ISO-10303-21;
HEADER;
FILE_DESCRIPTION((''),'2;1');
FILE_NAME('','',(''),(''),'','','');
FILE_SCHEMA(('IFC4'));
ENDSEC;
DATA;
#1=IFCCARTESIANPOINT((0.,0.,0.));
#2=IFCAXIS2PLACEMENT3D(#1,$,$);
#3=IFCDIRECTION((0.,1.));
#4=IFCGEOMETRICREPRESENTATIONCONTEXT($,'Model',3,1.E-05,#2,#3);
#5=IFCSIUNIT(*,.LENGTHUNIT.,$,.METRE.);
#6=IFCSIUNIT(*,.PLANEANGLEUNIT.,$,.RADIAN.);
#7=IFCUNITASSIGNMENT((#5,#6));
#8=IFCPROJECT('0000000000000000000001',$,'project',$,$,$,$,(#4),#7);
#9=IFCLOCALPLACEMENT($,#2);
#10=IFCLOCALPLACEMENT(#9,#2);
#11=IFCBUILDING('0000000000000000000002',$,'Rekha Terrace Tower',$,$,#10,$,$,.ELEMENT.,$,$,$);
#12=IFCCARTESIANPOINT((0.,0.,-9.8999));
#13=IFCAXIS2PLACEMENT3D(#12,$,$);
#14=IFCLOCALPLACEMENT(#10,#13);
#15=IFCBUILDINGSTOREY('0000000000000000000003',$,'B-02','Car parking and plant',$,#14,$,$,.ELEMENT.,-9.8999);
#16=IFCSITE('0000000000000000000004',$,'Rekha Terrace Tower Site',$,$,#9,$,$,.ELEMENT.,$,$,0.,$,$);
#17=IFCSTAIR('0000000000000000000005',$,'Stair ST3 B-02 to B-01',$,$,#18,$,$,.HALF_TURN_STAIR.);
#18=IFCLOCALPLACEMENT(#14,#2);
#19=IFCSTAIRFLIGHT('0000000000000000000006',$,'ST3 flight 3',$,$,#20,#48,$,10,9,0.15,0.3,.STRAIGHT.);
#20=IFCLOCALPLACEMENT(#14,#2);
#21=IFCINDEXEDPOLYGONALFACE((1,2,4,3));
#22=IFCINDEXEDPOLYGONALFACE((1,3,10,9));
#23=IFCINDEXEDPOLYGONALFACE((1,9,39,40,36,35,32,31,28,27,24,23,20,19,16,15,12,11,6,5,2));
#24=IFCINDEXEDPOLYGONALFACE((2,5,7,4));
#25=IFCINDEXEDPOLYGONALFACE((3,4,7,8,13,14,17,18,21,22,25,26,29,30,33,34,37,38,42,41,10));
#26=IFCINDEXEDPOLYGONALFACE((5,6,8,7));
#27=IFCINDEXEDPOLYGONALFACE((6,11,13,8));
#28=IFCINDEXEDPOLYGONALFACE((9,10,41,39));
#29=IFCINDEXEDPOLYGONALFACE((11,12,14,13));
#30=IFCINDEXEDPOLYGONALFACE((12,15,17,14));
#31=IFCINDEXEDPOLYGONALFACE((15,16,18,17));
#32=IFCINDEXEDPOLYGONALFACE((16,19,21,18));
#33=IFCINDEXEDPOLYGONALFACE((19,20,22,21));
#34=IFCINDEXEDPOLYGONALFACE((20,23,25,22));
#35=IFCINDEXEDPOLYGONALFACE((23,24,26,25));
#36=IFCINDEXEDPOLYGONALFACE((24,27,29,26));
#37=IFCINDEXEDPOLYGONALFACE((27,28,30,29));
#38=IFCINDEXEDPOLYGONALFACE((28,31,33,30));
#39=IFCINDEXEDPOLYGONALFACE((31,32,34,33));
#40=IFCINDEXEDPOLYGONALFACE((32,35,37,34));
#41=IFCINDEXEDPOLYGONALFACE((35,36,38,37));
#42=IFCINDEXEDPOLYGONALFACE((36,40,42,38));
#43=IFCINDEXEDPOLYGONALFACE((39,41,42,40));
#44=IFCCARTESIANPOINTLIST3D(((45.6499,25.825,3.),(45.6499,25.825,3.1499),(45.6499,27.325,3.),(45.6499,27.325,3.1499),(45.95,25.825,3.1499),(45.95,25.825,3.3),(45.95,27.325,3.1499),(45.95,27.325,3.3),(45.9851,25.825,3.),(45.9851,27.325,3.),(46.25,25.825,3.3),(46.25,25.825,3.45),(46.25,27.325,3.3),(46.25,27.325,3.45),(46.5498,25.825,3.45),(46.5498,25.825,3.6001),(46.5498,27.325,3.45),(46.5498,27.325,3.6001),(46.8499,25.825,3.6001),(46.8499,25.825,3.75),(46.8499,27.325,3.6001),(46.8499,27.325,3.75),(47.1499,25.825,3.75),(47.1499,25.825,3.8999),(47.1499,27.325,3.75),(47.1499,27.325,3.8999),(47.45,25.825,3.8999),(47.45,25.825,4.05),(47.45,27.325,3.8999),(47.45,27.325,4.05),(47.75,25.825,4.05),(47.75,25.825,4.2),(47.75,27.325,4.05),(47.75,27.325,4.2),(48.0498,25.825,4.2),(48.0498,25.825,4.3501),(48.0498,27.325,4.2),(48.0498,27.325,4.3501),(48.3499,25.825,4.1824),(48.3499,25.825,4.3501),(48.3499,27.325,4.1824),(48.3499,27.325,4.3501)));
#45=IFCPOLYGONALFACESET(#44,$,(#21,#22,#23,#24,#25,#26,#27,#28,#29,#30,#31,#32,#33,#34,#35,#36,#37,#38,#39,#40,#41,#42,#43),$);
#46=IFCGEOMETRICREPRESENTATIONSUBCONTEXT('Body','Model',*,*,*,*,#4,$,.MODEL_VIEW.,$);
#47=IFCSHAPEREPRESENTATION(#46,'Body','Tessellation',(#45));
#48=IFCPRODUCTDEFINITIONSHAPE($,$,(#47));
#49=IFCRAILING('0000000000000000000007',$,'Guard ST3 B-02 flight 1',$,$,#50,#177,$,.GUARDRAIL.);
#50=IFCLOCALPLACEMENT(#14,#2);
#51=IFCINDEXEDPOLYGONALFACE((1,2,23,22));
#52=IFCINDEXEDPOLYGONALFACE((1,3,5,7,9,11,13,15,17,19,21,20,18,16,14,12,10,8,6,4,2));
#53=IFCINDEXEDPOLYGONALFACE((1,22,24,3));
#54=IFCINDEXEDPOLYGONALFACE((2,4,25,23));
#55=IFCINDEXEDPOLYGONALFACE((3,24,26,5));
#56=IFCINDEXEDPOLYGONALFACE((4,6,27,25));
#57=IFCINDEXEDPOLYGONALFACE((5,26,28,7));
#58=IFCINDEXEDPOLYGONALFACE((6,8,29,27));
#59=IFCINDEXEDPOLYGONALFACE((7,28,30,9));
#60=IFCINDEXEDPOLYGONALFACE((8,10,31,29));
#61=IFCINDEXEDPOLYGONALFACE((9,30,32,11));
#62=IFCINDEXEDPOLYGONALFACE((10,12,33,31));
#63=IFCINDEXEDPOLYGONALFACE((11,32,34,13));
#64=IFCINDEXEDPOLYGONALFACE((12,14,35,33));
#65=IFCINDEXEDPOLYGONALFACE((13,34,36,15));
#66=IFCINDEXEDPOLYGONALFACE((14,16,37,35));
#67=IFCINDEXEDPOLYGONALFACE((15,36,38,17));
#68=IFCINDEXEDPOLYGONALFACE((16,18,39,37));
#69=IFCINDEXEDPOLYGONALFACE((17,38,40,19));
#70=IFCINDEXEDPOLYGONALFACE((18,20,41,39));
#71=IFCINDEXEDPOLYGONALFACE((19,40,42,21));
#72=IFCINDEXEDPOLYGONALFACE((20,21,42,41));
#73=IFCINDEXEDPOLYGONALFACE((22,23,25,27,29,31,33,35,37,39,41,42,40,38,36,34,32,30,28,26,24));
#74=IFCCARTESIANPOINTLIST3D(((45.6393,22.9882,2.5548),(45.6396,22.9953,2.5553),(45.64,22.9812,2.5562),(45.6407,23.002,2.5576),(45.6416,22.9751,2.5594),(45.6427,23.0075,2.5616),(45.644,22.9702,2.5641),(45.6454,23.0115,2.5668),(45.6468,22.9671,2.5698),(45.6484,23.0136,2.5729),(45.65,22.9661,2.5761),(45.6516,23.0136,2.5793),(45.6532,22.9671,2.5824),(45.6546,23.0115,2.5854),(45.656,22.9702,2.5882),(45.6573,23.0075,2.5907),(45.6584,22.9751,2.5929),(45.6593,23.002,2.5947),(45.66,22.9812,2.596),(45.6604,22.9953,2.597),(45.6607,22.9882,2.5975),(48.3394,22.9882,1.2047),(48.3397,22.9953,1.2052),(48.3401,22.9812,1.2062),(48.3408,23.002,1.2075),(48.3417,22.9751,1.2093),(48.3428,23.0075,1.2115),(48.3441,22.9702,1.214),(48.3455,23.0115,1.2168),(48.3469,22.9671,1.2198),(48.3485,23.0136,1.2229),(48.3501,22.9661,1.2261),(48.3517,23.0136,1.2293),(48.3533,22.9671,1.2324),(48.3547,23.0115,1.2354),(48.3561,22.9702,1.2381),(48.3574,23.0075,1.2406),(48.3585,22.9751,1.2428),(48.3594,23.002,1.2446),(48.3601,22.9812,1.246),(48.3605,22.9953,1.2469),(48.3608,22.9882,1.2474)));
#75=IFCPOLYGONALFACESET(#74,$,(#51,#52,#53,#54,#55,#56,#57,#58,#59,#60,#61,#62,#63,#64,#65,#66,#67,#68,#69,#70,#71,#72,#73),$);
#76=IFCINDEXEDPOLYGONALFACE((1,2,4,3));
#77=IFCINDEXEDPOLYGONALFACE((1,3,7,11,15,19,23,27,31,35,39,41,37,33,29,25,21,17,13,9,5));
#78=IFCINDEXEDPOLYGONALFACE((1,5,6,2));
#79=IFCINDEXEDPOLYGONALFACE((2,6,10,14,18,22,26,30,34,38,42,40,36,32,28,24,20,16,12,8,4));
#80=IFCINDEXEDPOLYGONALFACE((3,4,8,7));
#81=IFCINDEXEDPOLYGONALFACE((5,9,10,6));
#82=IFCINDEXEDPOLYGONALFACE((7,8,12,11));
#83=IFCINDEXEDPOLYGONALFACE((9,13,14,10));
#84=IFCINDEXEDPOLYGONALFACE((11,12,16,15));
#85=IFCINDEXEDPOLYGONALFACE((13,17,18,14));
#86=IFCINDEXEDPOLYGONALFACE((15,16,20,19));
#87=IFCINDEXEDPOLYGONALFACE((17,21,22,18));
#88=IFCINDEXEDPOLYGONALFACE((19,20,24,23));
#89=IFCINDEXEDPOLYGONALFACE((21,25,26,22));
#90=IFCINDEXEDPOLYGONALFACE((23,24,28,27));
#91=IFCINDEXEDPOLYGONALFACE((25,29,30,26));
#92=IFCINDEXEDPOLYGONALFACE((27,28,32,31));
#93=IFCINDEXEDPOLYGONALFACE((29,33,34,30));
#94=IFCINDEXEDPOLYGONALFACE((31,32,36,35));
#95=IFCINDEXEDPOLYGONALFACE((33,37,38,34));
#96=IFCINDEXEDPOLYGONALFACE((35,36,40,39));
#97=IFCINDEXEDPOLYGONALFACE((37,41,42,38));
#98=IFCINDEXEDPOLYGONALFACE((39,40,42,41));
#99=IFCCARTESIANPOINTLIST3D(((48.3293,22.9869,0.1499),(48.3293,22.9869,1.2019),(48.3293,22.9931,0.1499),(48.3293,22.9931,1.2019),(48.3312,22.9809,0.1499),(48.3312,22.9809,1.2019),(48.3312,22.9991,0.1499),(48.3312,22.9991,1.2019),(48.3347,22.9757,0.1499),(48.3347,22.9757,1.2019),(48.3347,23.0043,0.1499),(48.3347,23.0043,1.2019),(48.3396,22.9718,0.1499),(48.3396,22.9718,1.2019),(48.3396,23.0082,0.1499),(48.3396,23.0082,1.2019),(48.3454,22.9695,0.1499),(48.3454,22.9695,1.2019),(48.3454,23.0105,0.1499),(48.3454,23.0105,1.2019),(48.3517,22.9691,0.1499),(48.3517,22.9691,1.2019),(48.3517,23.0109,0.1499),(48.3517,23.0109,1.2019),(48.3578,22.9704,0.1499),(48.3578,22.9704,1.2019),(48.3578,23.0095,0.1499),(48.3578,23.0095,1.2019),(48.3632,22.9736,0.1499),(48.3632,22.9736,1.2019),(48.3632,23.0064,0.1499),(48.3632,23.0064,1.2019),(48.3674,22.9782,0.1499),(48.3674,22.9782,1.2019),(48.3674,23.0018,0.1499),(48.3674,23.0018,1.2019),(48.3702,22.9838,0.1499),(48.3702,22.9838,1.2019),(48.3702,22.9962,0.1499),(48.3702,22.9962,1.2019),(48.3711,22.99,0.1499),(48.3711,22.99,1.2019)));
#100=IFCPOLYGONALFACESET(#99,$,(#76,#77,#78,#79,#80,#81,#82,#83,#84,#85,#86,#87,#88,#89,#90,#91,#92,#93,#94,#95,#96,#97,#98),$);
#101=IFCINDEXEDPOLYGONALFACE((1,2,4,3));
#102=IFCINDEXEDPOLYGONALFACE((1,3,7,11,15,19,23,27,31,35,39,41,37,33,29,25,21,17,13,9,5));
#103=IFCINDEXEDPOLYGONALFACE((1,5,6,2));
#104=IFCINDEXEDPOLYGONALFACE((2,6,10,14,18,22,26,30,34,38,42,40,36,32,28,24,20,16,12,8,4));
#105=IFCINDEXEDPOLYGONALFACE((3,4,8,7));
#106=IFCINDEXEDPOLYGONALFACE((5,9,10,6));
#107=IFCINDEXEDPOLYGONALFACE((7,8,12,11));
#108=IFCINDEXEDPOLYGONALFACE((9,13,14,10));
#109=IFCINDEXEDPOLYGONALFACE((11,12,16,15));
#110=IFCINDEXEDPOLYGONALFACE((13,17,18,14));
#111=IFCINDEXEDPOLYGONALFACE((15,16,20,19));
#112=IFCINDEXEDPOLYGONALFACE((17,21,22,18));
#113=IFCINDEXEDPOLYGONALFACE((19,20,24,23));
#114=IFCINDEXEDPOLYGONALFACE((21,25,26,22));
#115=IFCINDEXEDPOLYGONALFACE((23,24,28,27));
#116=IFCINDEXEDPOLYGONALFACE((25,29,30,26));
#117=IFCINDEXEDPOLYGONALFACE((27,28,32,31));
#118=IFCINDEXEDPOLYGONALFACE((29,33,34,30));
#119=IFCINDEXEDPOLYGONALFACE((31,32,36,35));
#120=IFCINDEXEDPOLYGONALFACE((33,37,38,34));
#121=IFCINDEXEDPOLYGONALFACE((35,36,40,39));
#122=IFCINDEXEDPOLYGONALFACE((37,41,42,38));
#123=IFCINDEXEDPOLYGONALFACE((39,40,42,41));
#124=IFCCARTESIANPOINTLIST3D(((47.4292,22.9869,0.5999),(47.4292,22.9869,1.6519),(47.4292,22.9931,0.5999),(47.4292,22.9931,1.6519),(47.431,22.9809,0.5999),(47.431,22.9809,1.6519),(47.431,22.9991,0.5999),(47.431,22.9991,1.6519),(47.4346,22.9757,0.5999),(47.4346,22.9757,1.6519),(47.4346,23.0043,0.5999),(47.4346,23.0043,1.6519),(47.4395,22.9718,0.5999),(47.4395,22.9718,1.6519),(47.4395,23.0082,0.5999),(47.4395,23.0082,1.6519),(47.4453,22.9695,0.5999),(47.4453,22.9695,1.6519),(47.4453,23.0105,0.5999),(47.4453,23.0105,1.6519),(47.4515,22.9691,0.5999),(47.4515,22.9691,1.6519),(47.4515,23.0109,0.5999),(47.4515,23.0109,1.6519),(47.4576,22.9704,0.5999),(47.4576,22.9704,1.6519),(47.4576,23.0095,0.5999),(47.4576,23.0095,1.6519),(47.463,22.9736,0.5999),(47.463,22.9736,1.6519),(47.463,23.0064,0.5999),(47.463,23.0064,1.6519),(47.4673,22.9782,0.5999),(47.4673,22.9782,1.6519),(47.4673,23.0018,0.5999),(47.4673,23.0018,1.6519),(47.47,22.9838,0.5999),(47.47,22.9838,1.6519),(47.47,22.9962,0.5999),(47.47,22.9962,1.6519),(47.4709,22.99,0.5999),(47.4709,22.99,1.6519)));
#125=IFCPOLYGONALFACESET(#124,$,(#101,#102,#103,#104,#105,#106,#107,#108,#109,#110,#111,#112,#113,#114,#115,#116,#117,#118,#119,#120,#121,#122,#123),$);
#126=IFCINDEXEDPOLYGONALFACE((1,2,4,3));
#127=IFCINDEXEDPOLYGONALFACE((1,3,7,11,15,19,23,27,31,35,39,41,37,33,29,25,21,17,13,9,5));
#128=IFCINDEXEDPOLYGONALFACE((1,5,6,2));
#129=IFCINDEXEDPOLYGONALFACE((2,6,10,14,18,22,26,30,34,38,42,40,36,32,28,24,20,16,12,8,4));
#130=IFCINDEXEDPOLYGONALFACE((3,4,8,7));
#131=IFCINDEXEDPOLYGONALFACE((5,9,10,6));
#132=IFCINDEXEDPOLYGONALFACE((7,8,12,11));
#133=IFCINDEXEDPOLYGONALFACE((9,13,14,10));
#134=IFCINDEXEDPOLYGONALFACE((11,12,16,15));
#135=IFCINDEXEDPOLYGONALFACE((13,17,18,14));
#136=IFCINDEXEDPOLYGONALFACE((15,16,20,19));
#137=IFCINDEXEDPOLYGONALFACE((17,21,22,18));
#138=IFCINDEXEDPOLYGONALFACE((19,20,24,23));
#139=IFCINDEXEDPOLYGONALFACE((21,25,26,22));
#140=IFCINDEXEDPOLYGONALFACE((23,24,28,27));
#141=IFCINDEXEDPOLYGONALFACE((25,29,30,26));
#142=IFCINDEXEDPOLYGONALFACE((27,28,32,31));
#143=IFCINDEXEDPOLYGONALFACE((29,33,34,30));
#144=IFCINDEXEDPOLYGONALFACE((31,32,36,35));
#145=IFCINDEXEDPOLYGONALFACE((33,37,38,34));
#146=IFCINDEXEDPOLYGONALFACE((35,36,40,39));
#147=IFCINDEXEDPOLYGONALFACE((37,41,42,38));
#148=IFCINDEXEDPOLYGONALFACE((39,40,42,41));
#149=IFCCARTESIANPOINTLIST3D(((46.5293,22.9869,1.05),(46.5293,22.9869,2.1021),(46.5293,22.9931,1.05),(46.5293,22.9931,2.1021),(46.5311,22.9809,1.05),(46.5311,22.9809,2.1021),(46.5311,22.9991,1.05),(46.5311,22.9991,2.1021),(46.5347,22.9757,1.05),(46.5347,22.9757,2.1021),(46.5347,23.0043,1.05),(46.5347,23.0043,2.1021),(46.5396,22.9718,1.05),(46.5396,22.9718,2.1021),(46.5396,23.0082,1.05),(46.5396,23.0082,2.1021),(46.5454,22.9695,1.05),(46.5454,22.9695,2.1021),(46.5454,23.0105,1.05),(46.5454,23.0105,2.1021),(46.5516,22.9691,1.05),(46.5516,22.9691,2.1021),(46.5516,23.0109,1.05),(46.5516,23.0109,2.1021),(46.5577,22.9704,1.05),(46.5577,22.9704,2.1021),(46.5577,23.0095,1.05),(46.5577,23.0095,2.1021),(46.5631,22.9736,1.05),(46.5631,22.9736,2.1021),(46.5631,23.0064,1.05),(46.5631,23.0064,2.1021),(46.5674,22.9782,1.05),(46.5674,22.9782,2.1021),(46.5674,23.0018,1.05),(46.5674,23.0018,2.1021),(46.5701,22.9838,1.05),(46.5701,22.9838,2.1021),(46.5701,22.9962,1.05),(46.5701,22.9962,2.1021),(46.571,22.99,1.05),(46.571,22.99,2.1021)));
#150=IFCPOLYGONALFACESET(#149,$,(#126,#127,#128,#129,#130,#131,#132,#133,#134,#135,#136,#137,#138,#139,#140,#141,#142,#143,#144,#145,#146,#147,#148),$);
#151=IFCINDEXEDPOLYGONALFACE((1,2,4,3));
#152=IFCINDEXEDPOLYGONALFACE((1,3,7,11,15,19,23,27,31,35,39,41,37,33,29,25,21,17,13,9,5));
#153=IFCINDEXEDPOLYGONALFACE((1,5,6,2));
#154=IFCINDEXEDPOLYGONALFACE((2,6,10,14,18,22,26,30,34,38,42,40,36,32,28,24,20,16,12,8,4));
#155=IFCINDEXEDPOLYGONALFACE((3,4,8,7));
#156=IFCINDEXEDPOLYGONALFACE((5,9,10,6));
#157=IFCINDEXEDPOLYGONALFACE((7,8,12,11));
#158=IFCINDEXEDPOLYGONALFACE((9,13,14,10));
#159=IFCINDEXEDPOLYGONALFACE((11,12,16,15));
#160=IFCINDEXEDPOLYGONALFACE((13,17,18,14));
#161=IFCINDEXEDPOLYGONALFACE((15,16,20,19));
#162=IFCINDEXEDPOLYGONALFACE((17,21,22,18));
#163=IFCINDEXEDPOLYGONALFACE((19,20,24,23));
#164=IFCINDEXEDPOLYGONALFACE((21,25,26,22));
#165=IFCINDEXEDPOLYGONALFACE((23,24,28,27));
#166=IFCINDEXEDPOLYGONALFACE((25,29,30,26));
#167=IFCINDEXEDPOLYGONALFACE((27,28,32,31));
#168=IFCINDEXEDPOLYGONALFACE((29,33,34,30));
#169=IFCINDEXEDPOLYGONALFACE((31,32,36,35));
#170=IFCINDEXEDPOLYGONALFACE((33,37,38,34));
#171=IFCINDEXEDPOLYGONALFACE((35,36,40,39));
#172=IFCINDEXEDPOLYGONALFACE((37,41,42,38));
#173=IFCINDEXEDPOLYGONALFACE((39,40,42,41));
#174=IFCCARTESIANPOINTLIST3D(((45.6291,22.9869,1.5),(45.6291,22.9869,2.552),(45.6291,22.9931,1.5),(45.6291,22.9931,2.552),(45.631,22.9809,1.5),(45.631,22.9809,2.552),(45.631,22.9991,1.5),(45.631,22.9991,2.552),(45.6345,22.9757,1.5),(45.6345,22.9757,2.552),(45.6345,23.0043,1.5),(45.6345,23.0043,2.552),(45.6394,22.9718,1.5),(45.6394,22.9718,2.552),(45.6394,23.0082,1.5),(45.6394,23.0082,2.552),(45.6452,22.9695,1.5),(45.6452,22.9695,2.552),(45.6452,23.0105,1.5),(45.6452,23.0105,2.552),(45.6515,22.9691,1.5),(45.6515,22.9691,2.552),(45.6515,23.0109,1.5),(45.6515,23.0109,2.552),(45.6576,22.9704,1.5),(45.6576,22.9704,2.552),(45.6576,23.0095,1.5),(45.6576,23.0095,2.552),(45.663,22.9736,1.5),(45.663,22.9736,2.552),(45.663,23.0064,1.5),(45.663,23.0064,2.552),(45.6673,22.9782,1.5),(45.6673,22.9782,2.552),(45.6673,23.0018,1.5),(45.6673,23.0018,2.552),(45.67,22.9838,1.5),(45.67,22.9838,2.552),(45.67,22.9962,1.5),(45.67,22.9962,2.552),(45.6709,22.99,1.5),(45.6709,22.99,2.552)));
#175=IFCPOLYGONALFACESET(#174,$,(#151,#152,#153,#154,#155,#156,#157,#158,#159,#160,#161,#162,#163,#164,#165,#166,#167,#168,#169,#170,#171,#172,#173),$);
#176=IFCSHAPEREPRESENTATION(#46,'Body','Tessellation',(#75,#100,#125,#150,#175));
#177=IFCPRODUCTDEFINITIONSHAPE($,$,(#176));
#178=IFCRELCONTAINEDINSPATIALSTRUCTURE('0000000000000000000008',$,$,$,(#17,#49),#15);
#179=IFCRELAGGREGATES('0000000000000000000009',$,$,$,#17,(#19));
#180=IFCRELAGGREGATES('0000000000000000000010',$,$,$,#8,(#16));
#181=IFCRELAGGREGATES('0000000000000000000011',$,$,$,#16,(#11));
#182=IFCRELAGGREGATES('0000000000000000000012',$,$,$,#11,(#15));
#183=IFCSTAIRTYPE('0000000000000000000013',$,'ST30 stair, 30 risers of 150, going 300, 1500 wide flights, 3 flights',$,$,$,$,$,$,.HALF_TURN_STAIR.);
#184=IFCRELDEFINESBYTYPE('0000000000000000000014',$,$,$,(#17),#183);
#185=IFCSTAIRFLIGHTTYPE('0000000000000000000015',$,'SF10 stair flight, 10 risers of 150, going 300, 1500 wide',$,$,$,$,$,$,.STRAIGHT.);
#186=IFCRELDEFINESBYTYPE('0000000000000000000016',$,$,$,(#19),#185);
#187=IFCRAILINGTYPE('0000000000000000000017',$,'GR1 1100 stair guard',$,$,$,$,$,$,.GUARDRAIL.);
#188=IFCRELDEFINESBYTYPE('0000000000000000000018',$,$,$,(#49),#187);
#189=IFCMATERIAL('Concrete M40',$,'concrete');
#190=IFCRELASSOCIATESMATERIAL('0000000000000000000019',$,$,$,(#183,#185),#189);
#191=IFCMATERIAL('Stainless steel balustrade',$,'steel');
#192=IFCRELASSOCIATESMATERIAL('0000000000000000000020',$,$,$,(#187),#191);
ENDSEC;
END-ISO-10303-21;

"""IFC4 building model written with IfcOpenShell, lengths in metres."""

from ifc_helpers import new_model, si_unit, direction, frame, origin, origin_2d, place, context, subcontext, project, spatial, polyline, circle, outline, extrude, material, type_object, element, aggregate, save


model = new_model("IFC4")

# Units and contexts
model_context = context("Model", 3, precision=1e-05, world=origin(), true_north=direction((0.0, 1.0)))
body_context = subcontext(model_context, "Body", "Model", "MODEL_VIEW")
ifc_project = project(units=[si_unit("LENGTHUNIT", "METRE"), si_unit("PLANEANGLEUNIT", "RADIAN")], contexts=[model_context])

# Site, building, storey
site_placement = place(None, origin())
site = spatial("IfcSite", under=ifc_project, at=site_placement, Name="Rekha Terrace Tower Site", CompositionType="ELEMENT", RefElevation=0.0)
building_placement = place(site_placement, origin())
building = spatial("IfcBuilding", under=site, at=building_placement, Name="Rekha Terrace Tower", CompositionType="ELEMENT")
storey_placement = place(building_placement, frame((0.0, 0.0, -9.8999)))
storey = spatial("IfcBuildingStorey", under=building, at=storey_placement, Name="B-02", Description="Car parking and plant", CompositionType="ELEMENT", Elevation=-9.8999)

# Stair, stair flight
ifc_material_1 = material(Name="Concrete M40", Category="concrete")
stair_type = type_object("IfcStairType", Name="ST30 stair, 30 risers of 150, going 300, 1500 wide flights, 3 flights", PredefinedType="HALF_TURN_STAIR", material=ifc_material_1)
stair_placement = place(storey_placement, origin())
stair = element("IfcStair", 1, at=stair_placement, inside=storey, type_object=stair_type, Name="Stair ST3 B-02 to B-01", PredefinedType="HALF_TURN_STAIR")
stair_flight_type = type_object("IfcStairFlightType", Name="SF10 stair flight, 10 risers of 150, going 300, 1500 wide", PredefinedType="STRAIGHT", material=ifc_material_1)
stair_flight_1_placement = place(storey_placement, frame((45.6499, 26.575, 3.0), z_axis=(0.0, 0.0, 1.0), x_axis=(1.0, 0.0, 0.0)))
stair_flight_1 = element("IfcStairFlight", 2, at=stair_flight_1_placement, type_object=stair_flight_type, Name="ST3 flight 3", NumberOfRisers=10, NumberOfTreads=9, PredefinedType="STRAIGHT", RiserHeight=0.15, TreadLength=0.3, context=body_context, shape_type="SweptSolid", body=[
    extrude(outline(polyline([(0.0, 0.0), (0.0, 0.1499), (0.3, 0.1499), (0.3, 0.3), (0.6001, 0.3), (0.6001, 0.45), (0.8999, 0.45), (0.8999, 0.6001), (1.2, 0.6001), (1.2, 0.75), (1.5, 0.75), (1.5, 0.8999), (1.8, 0.8999), (1.8, 1.05), (2.1001, 1.05), (2.1001, 1.2), (2.3999, 1.2), (2.3999, 1.3501), (2.7, 1.3501), (2.7, 1.5), (2.7, 1.1824), (0.3352, 0.0), (0.0, 0.0)])), frame((0.0, 0.75, 0.0), z_axis=(0.0, -1.0, 0.0), x_axis=(1.0, 0.0, 0.0)), (0.0, 0.0, 1.0), 1.5),
])
aggregate(stair, [stair_flight_1])

# Railing
ifc_material_2 = material(Name="Stainless steel balustrade", Category="steel")
railing_type_1 = type_object("IfcRailingType", Name="GR1 1100 stair guard", PredefinedType="GUARDRAIL", material=ifc_material_2)
railing_1_placement = place(storey_placement, frame((48.3501, 22.99, 0.1499)))
element("IfcRailing", 3, at=railing_1_placement, inside=storey, type_object=railing_type_1, Name="Guard ST3 B-02 flight 1", PredefinedType="GUARDRAIL", context=body_context, shape_type="SweptSolid", body=[
    extrude(circle(Radius=0.0239, at=origin_2d()), frame((0.0, 0.0, 1.0762), z_axis=(-0.894427, 0.0, 0.447214), x_axis=(0.0, -1.0, 0.0)), (0.0, 0.0, 1.0), 3.0188),
    extrude(circle(Radius=0.021, at=origin_2d()), origin(), (0.0, 0.0, 1.0), 1.052),
    extrude(circle(Radius=0.021, at=origin_2d()), frame((-0.9001, 0.0, 0.45)), (0.0, 0.0, 1.0), 1.052),
    extrude(circle(Radius=0.021, at=origin_2d()), frame((-1.8, 0.0, 0.9001)), (0.0, 0.0, 1.0), 1.052),
    extrude(circle(Radius=0.021, at=origin_2d()), frame((-2.7002, 0.0, 1.3501)), (0.0, 0.0, 1.0), 1.052),
])

save(model, "model.ifc")
